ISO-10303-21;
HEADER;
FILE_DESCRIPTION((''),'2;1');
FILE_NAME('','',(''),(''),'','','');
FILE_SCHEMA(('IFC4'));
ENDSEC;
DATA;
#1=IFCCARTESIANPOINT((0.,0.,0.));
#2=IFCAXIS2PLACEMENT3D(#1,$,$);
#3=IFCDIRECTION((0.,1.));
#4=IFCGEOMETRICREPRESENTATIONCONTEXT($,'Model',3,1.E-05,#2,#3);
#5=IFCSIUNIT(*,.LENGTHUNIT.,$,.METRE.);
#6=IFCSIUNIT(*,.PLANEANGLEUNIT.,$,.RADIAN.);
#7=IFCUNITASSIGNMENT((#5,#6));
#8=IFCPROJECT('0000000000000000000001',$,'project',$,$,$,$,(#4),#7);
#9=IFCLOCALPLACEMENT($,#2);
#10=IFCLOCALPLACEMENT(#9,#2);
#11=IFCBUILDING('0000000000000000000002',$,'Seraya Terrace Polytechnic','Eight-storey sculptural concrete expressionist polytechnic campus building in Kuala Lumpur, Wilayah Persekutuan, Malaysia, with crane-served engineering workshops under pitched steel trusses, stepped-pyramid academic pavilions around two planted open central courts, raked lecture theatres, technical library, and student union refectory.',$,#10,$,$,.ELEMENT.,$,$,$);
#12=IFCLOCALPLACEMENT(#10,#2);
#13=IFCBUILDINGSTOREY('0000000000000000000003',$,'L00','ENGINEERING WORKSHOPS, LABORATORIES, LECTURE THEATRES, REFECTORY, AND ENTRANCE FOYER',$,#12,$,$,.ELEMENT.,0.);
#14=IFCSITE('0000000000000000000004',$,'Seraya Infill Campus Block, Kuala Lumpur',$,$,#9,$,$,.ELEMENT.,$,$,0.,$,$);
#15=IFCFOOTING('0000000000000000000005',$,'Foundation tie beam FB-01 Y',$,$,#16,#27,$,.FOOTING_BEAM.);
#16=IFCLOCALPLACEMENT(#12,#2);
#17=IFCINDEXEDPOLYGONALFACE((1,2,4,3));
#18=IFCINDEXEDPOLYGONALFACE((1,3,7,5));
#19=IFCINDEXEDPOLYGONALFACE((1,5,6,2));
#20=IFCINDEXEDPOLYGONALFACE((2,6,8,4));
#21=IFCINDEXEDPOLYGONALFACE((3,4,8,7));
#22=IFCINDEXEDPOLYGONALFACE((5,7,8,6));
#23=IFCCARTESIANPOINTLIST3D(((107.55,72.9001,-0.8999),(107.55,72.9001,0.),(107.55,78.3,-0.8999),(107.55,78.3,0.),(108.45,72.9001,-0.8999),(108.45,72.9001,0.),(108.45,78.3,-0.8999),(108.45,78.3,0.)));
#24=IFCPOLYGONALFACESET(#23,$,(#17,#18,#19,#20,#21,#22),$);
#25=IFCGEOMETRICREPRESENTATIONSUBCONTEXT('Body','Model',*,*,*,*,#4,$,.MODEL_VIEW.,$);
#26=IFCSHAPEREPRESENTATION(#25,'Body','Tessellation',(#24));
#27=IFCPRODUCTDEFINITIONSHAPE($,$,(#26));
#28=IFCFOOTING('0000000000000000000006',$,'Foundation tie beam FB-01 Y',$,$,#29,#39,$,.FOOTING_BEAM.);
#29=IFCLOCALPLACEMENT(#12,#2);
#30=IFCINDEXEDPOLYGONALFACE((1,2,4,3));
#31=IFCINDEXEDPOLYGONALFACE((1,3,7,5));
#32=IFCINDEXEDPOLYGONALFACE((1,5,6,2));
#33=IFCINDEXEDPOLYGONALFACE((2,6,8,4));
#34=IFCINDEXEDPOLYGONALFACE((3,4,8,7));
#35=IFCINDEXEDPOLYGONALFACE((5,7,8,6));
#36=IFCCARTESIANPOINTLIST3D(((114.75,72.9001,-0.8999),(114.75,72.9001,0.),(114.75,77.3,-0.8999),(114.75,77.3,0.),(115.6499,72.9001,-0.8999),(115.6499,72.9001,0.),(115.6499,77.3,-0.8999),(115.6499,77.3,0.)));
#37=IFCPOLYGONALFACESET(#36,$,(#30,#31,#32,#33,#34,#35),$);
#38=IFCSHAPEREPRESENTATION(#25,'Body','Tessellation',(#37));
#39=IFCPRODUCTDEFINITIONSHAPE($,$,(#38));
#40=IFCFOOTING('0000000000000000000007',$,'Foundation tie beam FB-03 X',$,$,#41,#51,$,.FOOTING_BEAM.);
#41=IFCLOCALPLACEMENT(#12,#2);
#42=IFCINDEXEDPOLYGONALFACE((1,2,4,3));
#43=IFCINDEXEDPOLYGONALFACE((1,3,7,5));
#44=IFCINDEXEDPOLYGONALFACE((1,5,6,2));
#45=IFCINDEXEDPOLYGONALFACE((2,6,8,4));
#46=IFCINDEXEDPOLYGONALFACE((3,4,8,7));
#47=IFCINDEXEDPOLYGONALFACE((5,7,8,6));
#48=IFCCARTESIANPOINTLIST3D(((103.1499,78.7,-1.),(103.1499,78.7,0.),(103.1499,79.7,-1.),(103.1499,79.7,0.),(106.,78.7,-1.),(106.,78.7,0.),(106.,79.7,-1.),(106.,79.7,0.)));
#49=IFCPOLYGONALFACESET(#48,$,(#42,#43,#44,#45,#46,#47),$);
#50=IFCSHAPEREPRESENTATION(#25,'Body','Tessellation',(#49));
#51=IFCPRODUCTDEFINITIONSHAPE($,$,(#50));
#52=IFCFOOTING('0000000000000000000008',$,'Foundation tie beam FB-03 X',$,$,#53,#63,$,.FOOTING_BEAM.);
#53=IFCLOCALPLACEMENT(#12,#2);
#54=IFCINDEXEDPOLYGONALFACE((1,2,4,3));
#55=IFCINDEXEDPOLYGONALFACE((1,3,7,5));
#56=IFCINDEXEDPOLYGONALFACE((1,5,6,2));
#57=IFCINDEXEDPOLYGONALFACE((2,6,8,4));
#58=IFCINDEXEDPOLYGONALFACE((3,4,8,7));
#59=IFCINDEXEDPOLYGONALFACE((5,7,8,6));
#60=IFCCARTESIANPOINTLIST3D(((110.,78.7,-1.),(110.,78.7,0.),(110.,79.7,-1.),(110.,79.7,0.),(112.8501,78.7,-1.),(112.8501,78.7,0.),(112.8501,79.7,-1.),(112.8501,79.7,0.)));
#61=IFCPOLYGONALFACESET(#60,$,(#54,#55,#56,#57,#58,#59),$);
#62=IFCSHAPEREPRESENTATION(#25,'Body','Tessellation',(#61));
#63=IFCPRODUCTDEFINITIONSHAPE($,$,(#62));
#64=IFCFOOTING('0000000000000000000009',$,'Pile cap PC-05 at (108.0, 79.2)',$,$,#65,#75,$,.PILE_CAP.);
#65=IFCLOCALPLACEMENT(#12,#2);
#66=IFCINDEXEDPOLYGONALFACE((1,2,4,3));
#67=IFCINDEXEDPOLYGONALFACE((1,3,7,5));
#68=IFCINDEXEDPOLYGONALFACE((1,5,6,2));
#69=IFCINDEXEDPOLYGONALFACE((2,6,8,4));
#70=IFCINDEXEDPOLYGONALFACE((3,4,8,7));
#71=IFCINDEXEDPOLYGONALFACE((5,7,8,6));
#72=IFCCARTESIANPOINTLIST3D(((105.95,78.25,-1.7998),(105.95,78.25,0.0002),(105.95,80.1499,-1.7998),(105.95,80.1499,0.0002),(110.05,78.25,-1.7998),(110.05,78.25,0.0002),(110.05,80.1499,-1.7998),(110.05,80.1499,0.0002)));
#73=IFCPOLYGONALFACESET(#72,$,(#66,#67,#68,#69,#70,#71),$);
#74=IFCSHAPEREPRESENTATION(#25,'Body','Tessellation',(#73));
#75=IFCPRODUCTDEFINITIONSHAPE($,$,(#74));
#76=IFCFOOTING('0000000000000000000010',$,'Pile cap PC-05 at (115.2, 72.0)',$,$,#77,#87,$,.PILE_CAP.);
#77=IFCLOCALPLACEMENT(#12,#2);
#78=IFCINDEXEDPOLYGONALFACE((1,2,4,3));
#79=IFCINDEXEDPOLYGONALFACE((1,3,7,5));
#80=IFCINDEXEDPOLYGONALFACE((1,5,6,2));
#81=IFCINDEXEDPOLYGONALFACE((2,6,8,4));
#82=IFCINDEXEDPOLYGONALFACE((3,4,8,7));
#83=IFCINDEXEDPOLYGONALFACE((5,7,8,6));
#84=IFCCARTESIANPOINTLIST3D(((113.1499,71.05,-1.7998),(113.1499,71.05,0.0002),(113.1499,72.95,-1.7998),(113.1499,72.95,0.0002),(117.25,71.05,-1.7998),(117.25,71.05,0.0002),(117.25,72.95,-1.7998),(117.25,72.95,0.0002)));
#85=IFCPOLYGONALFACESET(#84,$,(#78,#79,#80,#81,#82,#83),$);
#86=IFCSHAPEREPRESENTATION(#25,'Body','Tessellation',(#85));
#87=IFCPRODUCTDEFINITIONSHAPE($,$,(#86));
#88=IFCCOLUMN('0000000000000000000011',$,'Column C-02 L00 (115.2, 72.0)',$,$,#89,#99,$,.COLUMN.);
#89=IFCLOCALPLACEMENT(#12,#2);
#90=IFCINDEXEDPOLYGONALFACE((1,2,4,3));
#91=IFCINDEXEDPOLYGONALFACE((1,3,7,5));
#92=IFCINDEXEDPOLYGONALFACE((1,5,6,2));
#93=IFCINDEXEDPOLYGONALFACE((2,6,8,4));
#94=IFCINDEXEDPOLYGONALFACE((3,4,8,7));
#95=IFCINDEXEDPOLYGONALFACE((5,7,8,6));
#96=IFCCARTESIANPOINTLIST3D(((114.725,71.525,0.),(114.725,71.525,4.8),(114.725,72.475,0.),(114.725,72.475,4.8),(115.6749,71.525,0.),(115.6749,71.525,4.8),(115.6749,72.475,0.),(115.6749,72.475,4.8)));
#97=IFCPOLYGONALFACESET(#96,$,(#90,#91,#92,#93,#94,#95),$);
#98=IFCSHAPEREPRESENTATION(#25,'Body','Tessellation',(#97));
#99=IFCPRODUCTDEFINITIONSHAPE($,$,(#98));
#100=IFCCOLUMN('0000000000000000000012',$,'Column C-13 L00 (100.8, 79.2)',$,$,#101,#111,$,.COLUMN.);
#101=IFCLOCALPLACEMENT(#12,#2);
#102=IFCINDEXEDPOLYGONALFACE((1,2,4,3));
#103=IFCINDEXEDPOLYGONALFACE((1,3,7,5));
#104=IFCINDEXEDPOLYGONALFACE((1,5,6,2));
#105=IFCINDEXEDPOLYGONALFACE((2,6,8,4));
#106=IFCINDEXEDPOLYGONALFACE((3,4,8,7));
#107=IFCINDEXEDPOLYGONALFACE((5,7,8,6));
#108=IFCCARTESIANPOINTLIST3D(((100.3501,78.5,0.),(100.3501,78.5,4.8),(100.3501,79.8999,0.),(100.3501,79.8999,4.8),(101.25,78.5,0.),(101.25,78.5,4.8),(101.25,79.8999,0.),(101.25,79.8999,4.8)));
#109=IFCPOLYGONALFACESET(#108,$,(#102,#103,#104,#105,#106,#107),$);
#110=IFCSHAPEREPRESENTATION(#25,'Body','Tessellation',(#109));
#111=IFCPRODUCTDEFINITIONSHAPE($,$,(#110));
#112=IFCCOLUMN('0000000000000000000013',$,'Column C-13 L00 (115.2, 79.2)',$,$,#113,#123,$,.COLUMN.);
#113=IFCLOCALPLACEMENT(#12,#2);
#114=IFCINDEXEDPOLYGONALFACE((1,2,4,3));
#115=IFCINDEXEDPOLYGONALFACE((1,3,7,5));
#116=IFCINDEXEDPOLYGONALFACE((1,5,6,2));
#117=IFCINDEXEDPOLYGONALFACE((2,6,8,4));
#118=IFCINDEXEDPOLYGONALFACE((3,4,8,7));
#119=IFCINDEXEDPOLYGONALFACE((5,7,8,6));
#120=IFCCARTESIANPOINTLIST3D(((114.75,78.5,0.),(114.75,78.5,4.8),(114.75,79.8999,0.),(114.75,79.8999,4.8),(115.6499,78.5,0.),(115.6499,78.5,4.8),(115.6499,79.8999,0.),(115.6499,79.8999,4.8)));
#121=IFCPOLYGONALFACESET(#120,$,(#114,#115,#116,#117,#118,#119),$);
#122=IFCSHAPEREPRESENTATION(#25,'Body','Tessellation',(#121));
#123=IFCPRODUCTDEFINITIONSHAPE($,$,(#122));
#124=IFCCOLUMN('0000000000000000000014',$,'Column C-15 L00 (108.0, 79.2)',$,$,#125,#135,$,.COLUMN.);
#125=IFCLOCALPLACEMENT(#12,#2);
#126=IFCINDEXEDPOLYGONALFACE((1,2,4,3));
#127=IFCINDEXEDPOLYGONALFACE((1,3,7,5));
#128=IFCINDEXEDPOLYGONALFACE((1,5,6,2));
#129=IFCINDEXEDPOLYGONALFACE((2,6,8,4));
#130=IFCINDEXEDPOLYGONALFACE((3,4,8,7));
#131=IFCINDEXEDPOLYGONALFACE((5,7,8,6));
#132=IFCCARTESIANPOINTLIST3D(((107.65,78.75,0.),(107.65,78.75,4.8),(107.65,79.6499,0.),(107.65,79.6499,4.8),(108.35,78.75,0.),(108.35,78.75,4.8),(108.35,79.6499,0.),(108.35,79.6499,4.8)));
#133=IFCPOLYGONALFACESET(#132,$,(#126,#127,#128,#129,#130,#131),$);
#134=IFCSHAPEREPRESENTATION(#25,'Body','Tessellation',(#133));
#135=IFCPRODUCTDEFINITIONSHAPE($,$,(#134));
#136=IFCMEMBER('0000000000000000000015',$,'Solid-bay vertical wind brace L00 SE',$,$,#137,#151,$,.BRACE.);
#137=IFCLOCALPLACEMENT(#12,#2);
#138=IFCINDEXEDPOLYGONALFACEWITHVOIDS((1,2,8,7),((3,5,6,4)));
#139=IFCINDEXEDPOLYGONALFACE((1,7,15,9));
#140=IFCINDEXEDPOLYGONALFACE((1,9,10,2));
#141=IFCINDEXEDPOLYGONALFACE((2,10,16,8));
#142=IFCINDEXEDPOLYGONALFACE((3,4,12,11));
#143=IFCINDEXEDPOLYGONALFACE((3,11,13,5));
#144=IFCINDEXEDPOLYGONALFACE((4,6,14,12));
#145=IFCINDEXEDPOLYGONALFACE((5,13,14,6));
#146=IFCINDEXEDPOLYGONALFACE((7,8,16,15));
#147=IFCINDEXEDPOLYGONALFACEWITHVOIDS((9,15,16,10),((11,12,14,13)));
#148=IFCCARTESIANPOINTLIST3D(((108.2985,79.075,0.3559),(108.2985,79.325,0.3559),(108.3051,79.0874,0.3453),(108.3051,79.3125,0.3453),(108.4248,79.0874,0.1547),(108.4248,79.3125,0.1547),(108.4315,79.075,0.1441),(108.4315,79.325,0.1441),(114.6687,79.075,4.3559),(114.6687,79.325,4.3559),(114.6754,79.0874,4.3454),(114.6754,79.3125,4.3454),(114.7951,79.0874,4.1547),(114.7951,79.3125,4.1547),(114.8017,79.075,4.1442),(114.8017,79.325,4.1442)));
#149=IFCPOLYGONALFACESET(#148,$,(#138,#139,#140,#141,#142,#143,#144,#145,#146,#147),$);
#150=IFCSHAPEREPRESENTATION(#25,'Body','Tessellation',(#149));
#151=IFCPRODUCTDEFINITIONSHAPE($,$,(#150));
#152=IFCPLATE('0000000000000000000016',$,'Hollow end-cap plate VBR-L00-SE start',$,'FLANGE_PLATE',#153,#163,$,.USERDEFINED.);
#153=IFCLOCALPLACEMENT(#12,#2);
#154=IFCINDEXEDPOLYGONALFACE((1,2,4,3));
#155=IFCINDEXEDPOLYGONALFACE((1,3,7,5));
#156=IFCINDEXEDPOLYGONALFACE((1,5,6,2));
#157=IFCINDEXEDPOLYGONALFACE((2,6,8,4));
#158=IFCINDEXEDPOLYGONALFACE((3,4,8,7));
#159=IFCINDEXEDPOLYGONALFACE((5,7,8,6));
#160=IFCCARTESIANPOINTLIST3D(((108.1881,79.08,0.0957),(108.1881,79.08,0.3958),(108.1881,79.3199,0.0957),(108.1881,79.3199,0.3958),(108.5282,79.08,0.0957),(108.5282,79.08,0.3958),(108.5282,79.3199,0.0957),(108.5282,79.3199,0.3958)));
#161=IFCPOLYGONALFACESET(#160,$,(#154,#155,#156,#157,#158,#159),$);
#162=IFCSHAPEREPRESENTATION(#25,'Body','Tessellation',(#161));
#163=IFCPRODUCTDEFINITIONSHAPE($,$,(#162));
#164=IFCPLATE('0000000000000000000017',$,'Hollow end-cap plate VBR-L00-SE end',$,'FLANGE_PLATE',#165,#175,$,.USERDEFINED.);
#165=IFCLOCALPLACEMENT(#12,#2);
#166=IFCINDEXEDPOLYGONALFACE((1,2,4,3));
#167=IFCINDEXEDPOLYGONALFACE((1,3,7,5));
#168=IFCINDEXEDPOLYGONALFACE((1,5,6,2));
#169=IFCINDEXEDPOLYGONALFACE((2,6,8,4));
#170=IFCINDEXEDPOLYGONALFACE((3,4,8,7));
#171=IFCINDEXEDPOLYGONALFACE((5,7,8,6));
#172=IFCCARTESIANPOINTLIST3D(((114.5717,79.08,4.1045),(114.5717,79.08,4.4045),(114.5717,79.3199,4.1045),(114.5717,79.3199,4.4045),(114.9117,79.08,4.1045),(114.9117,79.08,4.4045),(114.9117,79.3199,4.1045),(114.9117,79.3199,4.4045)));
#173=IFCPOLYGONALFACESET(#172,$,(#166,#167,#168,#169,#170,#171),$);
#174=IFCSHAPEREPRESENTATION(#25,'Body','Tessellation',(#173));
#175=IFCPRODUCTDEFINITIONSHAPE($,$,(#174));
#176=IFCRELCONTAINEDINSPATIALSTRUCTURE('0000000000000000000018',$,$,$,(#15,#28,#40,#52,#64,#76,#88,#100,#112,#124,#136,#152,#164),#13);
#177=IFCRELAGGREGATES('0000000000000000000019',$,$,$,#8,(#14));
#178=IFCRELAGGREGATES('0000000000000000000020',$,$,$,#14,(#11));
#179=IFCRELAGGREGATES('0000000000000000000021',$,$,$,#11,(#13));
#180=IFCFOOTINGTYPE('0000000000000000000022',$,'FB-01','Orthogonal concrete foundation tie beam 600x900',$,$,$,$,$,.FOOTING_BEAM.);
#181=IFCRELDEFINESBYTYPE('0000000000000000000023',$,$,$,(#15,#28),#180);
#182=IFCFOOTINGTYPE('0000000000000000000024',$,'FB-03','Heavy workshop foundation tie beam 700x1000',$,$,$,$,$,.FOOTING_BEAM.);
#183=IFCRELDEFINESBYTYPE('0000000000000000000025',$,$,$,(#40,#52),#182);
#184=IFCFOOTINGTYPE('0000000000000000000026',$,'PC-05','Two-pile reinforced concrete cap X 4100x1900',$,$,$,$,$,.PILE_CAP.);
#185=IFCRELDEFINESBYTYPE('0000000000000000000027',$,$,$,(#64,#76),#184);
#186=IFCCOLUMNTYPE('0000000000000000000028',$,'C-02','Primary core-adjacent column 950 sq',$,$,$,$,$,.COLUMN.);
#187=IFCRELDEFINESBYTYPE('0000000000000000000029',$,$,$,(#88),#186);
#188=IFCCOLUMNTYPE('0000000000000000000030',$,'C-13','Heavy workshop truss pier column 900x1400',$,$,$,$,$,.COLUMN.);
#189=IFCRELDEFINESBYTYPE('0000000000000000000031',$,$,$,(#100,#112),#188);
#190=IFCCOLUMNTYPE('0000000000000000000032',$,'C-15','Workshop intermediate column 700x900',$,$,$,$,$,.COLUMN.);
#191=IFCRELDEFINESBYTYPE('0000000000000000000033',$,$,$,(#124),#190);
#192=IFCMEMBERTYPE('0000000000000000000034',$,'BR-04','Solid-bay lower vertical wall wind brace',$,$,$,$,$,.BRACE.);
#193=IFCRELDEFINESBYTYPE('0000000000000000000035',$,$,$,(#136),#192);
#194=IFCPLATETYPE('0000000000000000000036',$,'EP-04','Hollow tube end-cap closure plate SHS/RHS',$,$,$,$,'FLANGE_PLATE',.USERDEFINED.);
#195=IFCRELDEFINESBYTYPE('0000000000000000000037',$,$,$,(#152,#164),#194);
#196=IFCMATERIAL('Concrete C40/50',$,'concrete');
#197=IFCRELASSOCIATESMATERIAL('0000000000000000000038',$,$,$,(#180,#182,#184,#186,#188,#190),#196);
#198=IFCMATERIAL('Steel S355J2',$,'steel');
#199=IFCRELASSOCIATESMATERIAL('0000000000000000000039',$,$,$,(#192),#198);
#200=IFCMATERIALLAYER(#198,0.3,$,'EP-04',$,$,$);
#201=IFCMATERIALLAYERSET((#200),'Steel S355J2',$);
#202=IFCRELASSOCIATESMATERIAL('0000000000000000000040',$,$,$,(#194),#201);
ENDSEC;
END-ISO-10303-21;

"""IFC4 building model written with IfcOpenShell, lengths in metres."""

from ifc_helpers import new_model, si_unit, direction, frame, origin, origin_2d, place, context, subcontext, project, spatial, rectangle, hollow_rectangle, extrude, material, layer, layer_set, material_profile, profile_set, type_object, element, save


model = new_model("IFC4")

# Units and contexts
model_context = context("Model", 3, precision=1e-05, world=origin(), true_north=direction((0.0, 1.0)))
body_context = subcontext(model_context, "Body", "Model", "MODEL_VIEW")
ifc_project = project(units=[si_unit("LENGTHUNIT", "METRE"), si_unit("PLANEANGLEUNIT", "RADIAN")], contexts=[model_context])

# Site, building, storey
site_placement = place(None, origin())
site = spatial("IfcSite", under=ifc_project, at=site_placement, Name="Seraya Infill Campus Block, Kuala Lumpur", CompositionType="ELEMENT", RefElevation=0.0)
building_placement = place(site_placement, origin())
building = spatial("IfcBuilding", under=site, at=building_placement, Name="Seraya Terrace Polytechnic", Description="Eight-storey sculptural concrete expressionist polytechnic campus building in Kuala Lumpur, Wilayah Persekutuan, Malaysia, with crane-served engineering workshops under pitched steel trusses, stepped-pyramid academic pavilions around two planted open central courts, raked lecture theatres, technical library, and student union refectory.", CompositionType="ELEMENT")
storey_placement = place(building_placement, origin())
storey = spatial("IfcBuildingStorey", under=building, at=storey_placement, Name="L00", Description="ENGINEERING WORKSHOPS, LABORATORIES, LECTURE THEATRES, REFECTORY, AND ENTRANCE FOYER", CompositionType="ELEMENT", Elevation=0.0)

# Shared definitions
ifc_material_1 = material(Name="Concrete C40/50", Category="concrete")

# Footings
footing_type_1 = type_object("IfcFootingType", Name="FB-01", Description="Orthogonal concrete foundation tie beam 600x900", PredefinedType="FOOTING_BEAM", material=ifc_material_1)
footing_1_placement = place(storey_placement, frame((108.0, 75.6001, -0.8999), z_axis=(0.0, 0.0, 1.0), x_axis=(0.0, 1.0, 0.0)))
element("IfcFooting", 1, at=footing_1_placement, inside=storey, type_object=footing_type_1, Name="Foundation tie beam FB-01 Y", PredefinedType="FOOTING_BEAM", context=body_context, shape_type="SweptSolid", body=[
    extrude(rectangle(XDim=5.3999, YDim=0.8999, at=origin_2d()), origin(), (0.0, 0.0, 1.0), 0.8999),
])
footing_2_placement = place(storey_placement, frame((115.2, 75.1001, -0.8999), z_axis=(0.0, 0.0, 1.0), x_axis=(0.0, 1.0, 0.0)))
element("IfcFooting", 2, at=footing_2_placement, inside=storey, type_object=footing_type_1, Name="Foundation tie beam FB-01 Y", PredefinedType="FOOTING_BEAM", context=body_context, shape_type="SweptSolid", body=[
    extrude(rectangle(XDim=4.3999, YDim=0.8999, at=origin_2d()), origin(), (0.0, 0.0, 1.0), 0.8999),
])
footing_type_2 = type_object("IfcFootingType", Name="FB-03", Description="Heavy workshop foundation tie beam 700x1000", PredefinedType="FOOTING_BEAM", material=ifc_material_1)
for number, where, z_axis, x_axis, name in (
    (3, (104.575, 79.2, -1.0), (0.0, 0.0, 1.0), (1.0, 0.0, 0.0), "Foundation tie beam FB-03 X"),
    (4, (111.425, 79.2, -1.0), (0.0, 0.0, 1.0), (1.0, 0.0, 0.0), "Foundation tie beam FB-03 X"),
):
    element("IfcFooting", number, at=place(storey_placement, frame(where, z_axis=z_axis, x_axis=x_axis)), inside=storey, type_object=footing_type_2, Name=name, PredefinedType="FOOTING_BEAM", context=body_context, shape_type="SweptSolid", body=[
        extrude(rectangle(XDim=2.8501, YDim=1.0, at=origin_2d()), origin(), (0.0, 0.0, 1.0), 1.0),
    ])
footing_type_3 = type_object("IfcFootingType", Name="PC-05", Description="Two-pile reinforced concrete cap X 4100x1900", PredefinedType="PILE_CAP", material=ifc_material_1)
for number, where, z_axis, x_axis, name in (
    (5, (108.0, 79.2, -1.7998), (0.0, 0.0, 1.0), (1.0, 0.0, 0.0), "Pile cap PC-05 at (108.0, 79.2)"),
    (6, (115.2, 72.0, -1.7998), (0.0, 0.0, 1.0), (1.0, 0.0, 0.0), "Pile cap PC-05 at (115.2, 72.0)"),
):
    element("IfcFooting", number, at=place(storey_placement, frame(where, z_axis=z_axis, x_axis=x_axis)), inside=storey, type_object=footing_type_3, Name=name, PredefinedType="PILE_CAP", context=body_context, shape_type="SweptSolid", body=[
        extrude(rectangle(XDim=4.1001, YDim=1.8999, at=origin_2d()), origin(), (0.0, 0.0, 1.0), 1.8),
    ])

# Columns
ifc_material_profile_1 = material_profile(ifc_material_1, rectangle(XDim=0.95, YDim=0.95, at=origin_2d()), Name="RC 950x950")
ifc_profile_set_1 = profile_set([ifc_material_profile_1], Name="Concrete C40/50")
column_type_1 = type_object("IfcColumnType", Name="C-02", Description="Primary core-adjacent column 950 sq", PredefinedType="COLUMN", material=ifc_profile_set_1)
column_1_placement = place(storey_placement, frame((115.2, 72.0, 0.0), z_axis=(0.0, 0.0, 1.0), x_axis=(1.0, 0.0, 0.0)))
element("IfcColumn", 7, at=column_1_placement, inside=storey, type_object=column_type_1, Name="Column C-02 L00 (115.2, 72.0)", PredefinedType="COLUMN", context=body_context, shape_type="SweptSolid", body=[
    extrude(rectangle(XDim=0.95, YDim=0.95, at=origin_2d()), origin(), (0.0, 0.0, 1.0), 4.8),
])
ifc_material_profile_2 = material_profile(ifc_material_1, rectangle(XDim=0.8999, YDim=1.3999, at=origin_2d()), Name="RC 900x1400")
ifc_profile_set_2 = profile_set([ifc_material_profile_2], Name="Concrete C40/50")
column_type_2 = type_object("IfcColumnType", Name="C-13", Description="Heavy workshop truss pier column 900x1400", PredefinedType="COLUMN", material=ifc_profile_set_2)
for number, where, z_axis, x_axis, name in (
    (8, (100.8, 79.2, 0.0), (0.0, 0.0, 1.0), (1.0, 0.0, 0.0), "Column C-13 L00 (100.8, 79.2)"),
    (9, (115.2, 79.2, 0.0), (0.0, 0.0, 1.0), (1.0, 0.0, 0.0), "Column C-13 L00 (115.2, 79.2)"),
):
    element("IfcColumn", number, at=place(storey_placement, frame(where, z_axis=z_axis, x_axis=x_axis)), inside=storey, type_object=column_type_2, Name=name, PredefinedType="COLUMN", context=body_context, shape_type="SweptSolid", body=[
        extrude(rectangle(XDim=0.8999, YDim=1.3999, at=origin_2d()), origin(), (0.0, 0.0, 1.0), 4.8),
    ])
ifc_material_profile_3 = material_profile(ifc_material_1, rectangle(XDim=0.7, YDim=0.8999, at=origin_2d()), Name="RC 700x900")
ifc_profile_set_3 = profile_set([ifc_material_profile_3], Name="Concrete C40/50")
column_type_3 = type_object("IfcColumnType", Name="C-15", Description="Workshop intermediate column 700x900", PredefinedType="COLUMN", material=ifc_profile_set_3)
column_2_placement = place(storey_placement, frame((108.0, 79.2, 0.0), z_axis=(0.0, 0.0, 1.0), x_axis=(1.0, 0.0, 0.0)))
element("IfcColumn", 10, at=column_2_placement, inside=storey, type_object=column_type_3, Name="Column C-15 L00 (108.0, 79.2)", PredefinedType="COLUMN", context=body_context, shape_type="SweptSolid", body=[
    extrude(rectangle(XDim=0.7, YDim=0.8999, at=origin_2d()), origin(), (0.0, 0.0, 1.0), 4.8),
])

# Member
ifc_material_2 = material(Name="Steel S355J2", Category="steel")
ifc_material_profile_4 = material_profile(ifc_material_2, hollow_rectangle(XDim=0.25, YDim=0.25, WallThickness=0.0125, at=origin_2d()), Name="SHS 250x250x12.5")
ifc_profile_set_4 = profile_set([ifc_material_profile_4], Name="Steel S355J2")
member_type = type_object("IfcMemberType", Name="BR-04", Description="Solid-bay lower vertical wall wind brace", PredefinedType="BRACE", material=ifc_profile_set_4)
member_placement = place(storey_placement, frame((108.365, 79.2, 0.25), z_axis=(0.84688, 0.0, 0.531783), x_axis=(0.0, 1.0, 0.0)))
element("IfcMember", 11, at=member_placement, inside=storey, type_object=member_type, Name="Solid-bay vertical wind brace L00 SE", PredefinedType="BRACE", context=body_context, shape_type="SweptSolid", body=[
    extrude(hollow_rectangle(XDim=0.25, YDim=0.25, WallThickness=0.0125, at=origin_2d()), origin(), (0.0, 0.0, 1.0), 7.522),
])

# Plates
ifc_layer_1 = layer(ifc_material_2, 0.3, Name="EP-04")
ifc_layer_set_1 = layer_set([ifc_layer_1], Name="Steel S355J2")
plate_type = type_object("IfcPlateType", Name="EP-04", Description="Hollow tube end-cap closure plate SHS/RHS", ElementType="FLANGE_PLATE", PredefinedType="USERDEFINED", material=ifc_layer_set_1)
for number, where, z_axis, x_axis, name in (
    (12, (108.3582, 79.2, 0.0957), (0.0, 0.0, 1.0), (1.0, 0.0, 0.0), "Hollow end-cap plate VBR-L00-SE start"),
    (13, (114.7417, 79.2, 4.1045), (0.0, 0.0, 1.0), (1.0, 0.0, 0.0), "Hollow end-cap plate VBR-L00-SE end"),
):
    element("IfcPlate", number, at=place(storey_placement, frame(where, z_axis=z_axis, x_axis=x_axis)), inside=storey, type_object=plate_type, Name=name, ObjectType="FLANGE_PLATE", PredefinedType="USERDEFINED", context=body_context, shape_type="SweptSolid", body=[
        extrude(rectangle(XDim=0.3401, YDim=0.24, at=origin_2d()), origin(), (0.0, 0.0, 1.0), 0.3),
    ])

save(model, "model.ifc")
